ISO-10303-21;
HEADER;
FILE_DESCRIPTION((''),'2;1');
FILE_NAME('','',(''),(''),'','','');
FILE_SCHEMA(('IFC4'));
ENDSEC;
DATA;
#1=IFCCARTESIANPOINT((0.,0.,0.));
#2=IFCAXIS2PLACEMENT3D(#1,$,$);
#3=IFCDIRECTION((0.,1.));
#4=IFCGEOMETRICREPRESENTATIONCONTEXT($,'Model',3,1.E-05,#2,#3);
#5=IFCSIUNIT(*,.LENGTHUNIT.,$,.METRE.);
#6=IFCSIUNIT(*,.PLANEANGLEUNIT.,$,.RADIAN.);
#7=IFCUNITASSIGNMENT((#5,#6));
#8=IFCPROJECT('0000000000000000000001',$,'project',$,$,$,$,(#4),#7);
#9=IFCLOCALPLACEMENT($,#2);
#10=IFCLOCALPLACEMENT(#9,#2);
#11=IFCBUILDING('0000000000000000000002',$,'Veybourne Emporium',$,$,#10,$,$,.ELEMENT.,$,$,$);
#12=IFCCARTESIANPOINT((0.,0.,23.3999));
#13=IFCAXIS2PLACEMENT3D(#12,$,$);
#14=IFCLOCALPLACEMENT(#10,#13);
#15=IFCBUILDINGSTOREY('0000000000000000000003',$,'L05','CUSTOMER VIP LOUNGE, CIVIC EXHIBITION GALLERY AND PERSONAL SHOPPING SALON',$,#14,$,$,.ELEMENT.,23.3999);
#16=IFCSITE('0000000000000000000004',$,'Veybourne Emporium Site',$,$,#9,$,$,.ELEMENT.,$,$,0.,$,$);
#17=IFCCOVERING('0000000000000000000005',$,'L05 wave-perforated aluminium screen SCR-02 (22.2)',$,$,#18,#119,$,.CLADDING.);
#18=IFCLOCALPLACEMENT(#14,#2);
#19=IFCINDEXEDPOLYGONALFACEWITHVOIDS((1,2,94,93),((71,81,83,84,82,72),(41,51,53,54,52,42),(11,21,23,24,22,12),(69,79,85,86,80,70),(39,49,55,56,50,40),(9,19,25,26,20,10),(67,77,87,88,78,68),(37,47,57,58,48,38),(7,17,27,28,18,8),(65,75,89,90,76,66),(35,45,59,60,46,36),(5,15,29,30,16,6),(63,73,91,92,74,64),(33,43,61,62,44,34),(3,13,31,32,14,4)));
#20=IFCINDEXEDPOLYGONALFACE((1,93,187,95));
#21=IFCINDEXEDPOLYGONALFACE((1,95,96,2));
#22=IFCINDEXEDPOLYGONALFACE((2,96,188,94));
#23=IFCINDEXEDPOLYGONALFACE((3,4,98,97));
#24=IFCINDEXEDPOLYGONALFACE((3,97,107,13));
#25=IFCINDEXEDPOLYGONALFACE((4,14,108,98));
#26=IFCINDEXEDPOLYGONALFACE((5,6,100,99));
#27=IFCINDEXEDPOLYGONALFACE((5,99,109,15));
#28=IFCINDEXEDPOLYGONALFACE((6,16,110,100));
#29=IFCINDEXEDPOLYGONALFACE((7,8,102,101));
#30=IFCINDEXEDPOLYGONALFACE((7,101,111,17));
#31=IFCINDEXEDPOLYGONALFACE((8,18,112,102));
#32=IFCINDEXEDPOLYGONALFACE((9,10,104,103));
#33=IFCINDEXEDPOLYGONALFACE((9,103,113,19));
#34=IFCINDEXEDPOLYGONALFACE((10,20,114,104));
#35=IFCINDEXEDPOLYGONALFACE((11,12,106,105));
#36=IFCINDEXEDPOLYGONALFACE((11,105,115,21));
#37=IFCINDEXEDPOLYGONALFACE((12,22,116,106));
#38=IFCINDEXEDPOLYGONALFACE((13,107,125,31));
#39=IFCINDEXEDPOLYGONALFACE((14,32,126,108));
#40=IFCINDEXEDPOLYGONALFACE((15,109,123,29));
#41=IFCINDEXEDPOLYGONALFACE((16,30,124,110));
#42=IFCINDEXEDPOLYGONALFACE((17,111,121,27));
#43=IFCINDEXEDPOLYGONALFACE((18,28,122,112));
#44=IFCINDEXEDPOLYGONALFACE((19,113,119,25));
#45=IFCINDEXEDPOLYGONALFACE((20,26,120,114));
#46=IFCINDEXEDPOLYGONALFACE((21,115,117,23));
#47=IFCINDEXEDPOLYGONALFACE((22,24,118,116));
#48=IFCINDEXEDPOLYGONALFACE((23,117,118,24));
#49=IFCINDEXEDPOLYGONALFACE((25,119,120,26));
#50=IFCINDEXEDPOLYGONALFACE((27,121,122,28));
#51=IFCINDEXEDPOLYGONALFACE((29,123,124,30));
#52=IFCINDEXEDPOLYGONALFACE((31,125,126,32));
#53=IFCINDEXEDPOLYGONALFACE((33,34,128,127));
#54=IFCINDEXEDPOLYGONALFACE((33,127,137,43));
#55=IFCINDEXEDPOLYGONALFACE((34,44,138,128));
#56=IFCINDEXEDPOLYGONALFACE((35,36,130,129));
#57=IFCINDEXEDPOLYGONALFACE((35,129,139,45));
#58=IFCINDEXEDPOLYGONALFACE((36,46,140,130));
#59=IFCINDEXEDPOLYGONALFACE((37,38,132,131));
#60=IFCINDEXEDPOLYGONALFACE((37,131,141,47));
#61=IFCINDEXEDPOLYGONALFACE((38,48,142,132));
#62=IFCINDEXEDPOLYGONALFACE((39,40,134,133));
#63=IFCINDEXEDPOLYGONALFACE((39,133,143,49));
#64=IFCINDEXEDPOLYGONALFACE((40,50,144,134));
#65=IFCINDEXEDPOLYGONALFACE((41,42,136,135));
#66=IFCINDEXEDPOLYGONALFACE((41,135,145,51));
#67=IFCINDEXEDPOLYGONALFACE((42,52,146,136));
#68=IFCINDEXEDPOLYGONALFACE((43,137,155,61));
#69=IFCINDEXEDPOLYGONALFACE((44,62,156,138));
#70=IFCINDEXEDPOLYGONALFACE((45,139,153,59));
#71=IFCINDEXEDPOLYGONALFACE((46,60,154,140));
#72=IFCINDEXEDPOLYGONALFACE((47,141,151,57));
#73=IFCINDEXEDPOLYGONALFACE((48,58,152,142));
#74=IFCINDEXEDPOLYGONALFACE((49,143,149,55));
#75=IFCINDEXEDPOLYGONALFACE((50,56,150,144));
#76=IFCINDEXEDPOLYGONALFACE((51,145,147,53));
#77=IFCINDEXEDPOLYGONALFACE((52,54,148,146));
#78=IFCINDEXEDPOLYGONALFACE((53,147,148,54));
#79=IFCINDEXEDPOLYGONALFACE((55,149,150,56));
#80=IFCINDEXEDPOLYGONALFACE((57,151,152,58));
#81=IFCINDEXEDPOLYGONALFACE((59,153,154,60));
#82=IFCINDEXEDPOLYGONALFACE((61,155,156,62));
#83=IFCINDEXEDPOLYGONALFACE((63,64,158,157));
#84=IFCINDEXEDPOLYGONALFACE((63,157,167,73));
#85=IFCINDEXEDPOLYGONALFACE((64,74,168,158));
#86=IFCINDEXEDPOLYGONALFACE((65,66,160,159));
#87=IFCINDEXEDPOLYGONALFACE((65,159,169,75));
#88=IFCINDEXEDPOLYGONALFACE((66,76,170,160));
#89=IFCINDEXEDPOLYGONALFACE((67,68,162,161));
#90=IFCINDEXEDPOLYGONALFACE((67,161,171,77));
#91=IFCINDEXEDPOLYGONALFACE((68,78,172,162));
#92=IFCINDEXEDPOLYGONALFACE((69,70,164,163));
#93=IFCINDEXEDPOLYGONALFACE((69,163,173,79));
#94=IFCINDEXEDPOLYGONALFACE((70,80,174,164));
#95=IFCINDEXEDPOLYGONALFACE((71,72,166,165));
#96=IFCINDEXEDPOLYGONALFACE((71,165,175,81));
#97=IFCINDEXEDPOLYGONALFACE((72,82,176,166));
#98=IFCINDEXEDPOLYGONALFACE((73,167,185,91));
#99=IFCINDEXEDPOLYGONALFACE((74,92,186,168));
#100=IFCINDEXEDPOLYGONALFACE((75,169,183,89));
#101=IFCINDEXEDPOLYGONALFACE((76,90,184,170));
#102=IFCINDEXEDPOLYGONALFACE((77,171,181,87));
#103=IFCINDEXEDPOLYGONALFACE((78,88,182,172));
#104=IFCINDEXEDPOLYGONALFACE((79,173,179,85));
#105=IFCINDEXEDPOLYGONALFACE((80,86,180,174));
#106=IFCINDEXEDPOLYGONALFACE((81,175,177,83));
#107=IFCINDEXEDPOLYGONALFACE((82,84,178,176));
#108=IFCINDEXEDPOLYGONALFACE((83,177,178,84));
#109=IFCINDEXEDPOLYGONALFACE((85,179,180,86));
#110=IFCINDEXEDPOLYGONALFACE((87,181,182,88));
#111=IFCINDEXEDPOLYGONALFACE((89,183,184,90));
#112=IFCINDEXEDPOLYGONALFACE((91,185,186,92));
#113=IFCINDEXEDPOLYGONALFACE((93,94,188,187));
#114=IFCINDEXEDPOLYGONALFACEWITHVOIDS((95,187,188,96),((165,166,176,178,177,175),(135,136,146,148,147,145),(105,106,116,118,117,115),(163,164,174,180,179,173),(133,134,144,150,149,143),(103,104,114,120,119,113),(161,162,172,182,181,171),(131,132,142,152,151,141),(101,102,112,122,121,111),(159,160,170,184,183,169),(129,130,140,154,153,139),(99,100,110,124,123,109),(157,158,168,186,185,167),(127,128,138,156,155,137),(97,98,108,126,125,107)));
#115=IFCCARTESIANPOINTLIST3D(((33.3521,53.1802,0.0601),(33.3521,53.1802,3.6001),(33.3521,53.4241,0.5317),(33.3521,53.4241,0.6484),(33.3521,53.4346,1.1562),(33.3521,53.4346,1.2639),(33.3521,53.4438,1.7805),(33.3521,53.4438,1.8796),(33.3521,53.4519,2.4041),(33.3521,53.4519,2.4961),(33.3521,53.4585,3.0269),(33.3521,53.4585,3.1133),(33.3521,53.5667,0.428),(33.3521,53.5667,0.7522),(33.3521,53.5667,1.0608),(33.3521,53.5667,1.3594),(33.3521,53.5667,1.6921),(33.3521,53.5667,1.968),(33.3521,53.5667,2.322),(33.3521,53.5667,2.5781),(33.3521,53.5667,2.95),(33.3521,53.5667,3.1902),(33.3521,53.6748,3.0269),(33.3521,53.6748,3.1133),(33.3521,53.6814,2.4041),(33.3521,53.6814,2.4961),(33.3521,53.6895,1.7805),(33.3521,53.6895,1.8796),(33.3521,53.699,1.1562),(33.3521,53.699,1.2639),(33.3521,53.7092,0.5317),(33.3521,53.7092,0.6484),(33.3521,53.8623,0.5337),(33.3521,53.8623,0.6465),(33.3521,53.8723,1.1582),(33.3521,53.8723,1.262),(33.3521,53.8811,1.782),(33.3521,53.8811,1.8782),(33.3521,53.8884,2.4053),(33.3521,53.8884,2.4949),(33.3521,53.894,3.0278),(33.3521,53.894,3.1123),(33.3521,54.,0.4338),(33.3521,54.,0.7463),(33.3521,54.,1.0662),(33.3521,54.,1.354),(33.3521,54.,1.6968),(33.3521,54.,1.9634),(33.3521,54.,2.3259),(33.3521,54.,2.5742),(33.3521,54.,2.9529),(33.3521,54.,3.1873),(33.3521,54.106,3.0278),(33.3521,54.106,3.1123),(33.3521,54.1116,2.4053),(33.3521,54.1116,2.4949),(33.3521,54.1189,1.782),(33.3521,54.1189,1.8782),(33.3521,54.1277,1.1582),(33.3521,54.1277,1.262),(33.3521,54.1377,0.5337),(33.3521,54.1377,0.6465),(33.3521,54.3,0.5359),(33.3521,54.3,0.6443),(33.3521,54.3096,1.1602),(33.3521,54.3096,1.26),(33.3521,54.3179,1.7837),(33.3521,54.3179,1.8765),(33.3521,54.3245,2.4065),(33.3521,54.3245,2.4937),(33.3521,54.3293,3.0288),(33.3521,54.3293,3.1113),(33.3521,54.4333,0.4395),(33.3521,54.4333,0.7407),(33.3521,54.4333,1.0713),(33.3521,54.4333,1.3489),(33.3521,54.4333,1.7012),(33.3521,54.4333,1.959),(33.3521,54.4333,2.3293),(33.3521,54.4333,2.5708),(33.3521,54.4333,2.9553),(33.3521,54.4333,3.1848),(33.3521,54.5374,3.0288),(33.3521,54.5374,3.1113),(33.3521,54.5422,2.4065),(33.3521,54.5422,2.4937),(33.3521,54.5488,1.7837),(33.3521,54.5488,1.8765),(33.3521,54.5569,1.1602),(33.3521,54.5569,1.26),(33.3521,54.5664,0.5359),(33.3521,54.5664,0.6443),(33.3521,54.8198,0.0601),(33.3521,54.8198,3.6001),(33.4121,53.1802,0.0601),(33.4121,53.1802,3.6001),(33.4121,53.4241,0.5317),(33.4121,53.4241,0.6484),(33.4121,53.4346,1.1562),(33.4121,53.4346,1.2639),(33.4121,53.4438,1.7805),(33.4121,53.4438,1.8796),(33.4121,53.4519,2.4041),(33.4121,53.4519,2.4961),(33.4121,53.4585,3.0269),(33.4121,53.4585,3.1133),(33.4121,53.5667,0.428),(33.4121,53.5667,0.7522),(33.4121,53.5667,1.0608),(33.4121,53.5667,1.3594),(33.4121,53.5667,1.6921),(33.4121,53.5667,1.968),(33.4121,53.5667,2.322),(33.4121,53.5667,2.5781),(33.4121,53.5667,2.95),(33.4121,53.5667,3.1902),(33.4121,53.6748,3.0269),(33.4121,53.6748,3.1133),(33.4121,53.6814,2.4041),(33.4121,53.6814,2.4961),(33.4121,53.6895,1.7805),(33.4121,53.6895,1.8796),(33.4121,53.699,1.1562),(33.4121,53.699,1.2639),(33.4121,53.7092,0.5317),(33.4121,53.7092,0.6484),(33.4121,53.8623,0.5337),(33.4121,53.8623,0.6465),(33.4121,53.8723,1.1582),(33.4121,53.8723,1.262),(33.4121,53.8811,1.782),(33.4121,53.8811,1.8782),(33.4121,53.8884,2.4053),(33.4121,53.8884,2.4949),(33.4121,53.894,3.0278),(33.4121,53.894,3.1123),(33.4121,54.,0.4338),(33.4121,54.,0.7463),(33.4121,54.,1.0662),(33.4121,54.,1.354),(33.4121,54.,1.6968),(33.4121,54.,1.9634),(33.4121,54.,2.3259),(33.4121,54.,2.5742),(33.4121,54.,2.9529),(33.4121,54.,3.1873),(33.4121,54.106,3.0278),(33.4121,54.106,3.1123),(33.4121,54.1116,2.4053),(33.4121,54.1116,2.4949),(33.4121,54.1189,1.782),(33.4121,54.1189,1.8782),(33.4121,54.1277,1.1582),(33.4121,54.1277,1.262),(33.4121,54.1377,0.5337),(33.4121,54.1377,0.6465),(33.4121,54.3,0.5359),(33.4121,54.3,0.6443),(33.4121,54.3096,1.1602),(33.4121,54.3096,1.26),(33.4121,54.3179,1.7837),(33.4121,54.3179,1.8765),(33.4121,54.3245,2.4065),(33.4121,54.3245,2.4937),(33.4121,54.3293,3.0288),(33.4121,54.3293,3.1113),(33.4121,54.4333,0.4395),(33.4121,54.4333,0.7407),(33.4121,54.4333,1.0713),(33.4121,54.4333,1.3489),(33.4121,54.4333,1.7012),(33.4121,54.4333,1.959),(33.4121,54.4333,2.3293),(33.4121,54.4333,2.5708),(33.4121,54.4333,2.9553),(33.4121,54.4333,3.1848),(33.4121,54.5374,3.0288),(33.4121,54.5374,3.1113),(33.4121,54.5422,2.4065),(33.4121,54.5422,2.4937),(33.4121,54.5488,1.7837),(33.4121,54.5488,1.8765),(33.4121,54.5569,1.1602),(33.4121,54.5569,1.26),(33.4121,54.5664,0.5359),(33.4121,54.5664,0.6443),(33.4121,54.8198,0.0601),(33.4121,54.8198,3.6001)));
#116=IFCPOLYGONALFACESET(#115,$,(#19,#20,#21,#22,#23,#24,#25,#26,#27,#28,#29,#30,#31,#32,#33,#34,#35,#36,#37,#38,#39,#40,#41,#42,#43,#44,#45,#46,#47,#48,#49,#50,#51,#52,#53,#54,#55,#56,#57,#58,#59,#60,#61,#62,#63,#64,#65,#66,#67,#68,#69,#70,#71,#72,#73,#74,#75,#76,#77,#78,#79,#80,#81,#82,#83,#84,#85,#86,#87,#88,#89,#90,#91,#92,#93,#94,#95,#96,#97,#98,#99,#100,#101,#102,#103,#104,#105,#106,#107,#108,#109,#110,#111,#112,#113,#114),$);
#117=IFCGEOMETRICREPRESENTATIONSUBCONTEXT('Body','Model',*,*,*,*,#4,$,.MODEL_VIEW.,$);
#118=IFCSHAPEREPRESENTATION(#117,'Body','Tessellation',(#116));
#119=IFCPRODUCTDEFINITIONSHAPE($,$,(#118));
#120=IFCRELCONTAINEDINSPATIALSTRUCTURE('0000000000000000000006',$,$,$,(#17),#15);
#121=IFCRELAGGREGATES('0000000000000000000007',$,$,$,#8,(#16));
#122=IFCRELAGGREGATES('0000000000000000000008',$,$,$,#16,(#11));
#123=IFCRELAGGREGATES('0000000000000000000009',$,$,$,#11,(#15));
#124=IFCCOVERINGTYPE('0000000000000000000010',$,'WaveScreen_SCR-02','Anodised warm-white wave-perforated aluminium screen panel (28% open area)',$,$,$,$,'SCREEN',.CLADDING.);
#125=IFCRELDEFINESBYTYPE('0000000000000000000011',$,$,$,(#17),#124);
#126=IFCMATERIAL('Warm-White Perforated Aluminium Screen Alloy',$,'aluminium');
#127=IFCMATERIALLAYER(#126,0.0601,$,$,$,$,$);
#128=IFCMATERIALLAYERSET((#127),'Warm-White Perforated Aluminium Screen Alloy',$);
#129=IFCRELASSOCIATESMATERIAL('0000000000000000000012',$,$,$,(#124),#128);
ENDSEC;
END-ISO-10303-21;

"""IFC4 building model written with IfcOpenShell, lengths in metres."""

from ifc_helpers import new_model, si_unit, direction, frame, origin, place, context, subcontext, project, spatial, polyline, outline, extrude, material, layer, layer_set, type_object, element, save


model = new_model("IFC4")

# Units and contexts
model_context = context("Model", 3, precision=1e-05, world=origin(), true_north=direction((0.0, 1.0)))
body_context = subcontext(model_context, "Body", "Model", "MODEL_VIEW")
ifc_project = project(units=[si_unit("LENGTHUNIT", "METRE"), si_unit("PLANEANGLEUNIT", "RADIAN")], contexts=[model_context])

# Site, building, storey
site_placement = place(None, origin())
site = spatial("IfcSite", under=ifc_project, at=site_placement, Name="Veybourne Emporium Site", CompositionType="ELEMENT", RefElevation=0.0)
building_placement = place(site_placement, origin())
building = spatial("IfcBuilding", under=site, at=building_placement, Name="Veybourne Emporium", CompositionType="ELEMENT")
storey_placement = place(building_placement, frame((0.0, 0.0, 23.3999)))
storey = spatial("IfcBuildingStorey", under=building, at=storey_placement, Name="L05", Description="CUSTOMER VIP LOUNGE, CIVIC EXHIBITION GALLERY AND PERSONAL SHOPPING SALON", CompositionType="ELEMENT", Elevation=23.3999)

# Covering
ifc_material_1 = material(Name="Warm-White Perforated Aluminium Screen Alloy", Category="aluminium")
ifc_layer_1 = layer(ifc_material_1, 0.0601)
ifc_layer_set_1 = layer_set([ifc_layer_1], Name="Warm-White Perforated Aluminium Screen Alloy")
covering_type_1 = type_object("IfcCoveringType", Name="WaveScreen_SCR-02", Description="Anodised warm-white wave-perforated aluminium screen panel (28% open area)", ElementType="SCREEN", PredefinedType="CLADDING", material=ifc_layer_set_1)
covering_1_placement = place(storey_placement, frame((33.3521, 54.0, 1.8301), z_axis=(1.0, 0.0, 0.0), x_axis=(0.0, 1.0, 0.0)))
element("IfcCovering", 1, at=covering_1_placement, inside=storey, type_object=covering_type_1, Name="L05 wave-perforated aluminium screen SCR-02 (22.2)", PredefinedType="CLADDING", context=body_context, shape_type="SweptSolid", body=[
    extrude(outline(polyline([(-0.8198, -1.77), (0.8198, -1.77), (0.8198, 1.77), (-0.8198, 1.77), (-0.8198, -1.77)]), holes=[polyline([(-0.4333, -1.0779), (-0.2908, -1.1816), (-0.2908, -1.2983), (-0.4333, -1.4021), (-0.5759, -1.2983), (-0.5759, -1.1816), (-0.4333, -1.0779)]), polyline([(-0.4333, -0.4707), (-0.301, -0.5662), (-0.301, -0.6738), (-0.4333, -0.7693), (-0.5654, -0.6738), (-0.5654, -0.5662), (-0.4333, -0.4707)]), polyline([(-0.4333, 0.1379), (-0.3105, 0.0496), (-0.3105, -0.0496), (-0.4333, -0.1379), (-0.5562, -0.0496), (-0.5562, 0.0496), (-0.4333, 0.1379)]), polyline([(-0.4333, 0.748), (-0.3186, 0.666), (-0.3186, 0.574), (-0.4333, 0.4919), (-0.5481, 0.574), (-0.5481, 0.666), (-0.4333, 0.748)]), polyline([(-0.4333, 1.3601), (-0.3252, 1.2832), (-0.3252, 1.1968), (-0.4333, 1.1199), (-0.5415, 1.1968), (-0.5415, 1.2832), (-0.4333, 1.3601)]), polyline([(0.0, -1.0837), (0.1377, -1.1836), (0.1377, -1.2964), (0.0, -1.3962), (-0.1377, -1.2964), (-0.1377, -1.1836), (0.0, -1.0837)]), polyline([(0.0, -0.4761), (0.1277, -0.5681), (0.1277, -0.6719), (0.0, -0.7639), (-0.1277, -0.6719), (-0.1277, -0.5681), (0.0, -0.4761)]), polyline([(0.0, 0.1333), (0.1189, 0.0481), (0.1189, -0.0481), (0.0, -0.1333), (-0.1189, -0.0481), (-0.1189, 0.0481), (0.0, 0.1333)]), polyline([(0.0, 0.7441), (0.1116, 0.6648), (0.1116, 0.5752), (0.0, 0.4958), (-0.1116, 0.5752), (-0.1116, 0.6648), (0.0, 0.7441)]), polyline([(0.0, 1.3572), (0.106, 1.2822), (0.106, 1.1978), (0.0, 1.1228), (-0.106, 1.1978), (-0.106, 1.2822), (0.0, 1.3572)]), polyline([(0.4333, -1.0894), (0.5664, -1.1858), (0.5664, -1.2942), (0.4333, -1.3906), (0.3, -1.2942), (0.3, -1.1858), (0.4333, -1.0894)]), polyline([(0.4333, -0.4812), (0.5569, -0.5701), (0.5569, -0.6699), (0.4333, -0.7588), (0.3096, -0.6699), (0.3096, -0.5701), (0.4333, -0.4812)]), polyline([(0.4333, 0.1289), (0.5488, 0.0464), (0.5488, -0.0464), (0.4333, -0.1289), (0.3179, -0.0464), (0.3179, 0.0464), (0.4333, 0.1289)]), polyline([(0.4333, 0.7407), (0.5422, 0.6636), (0.5422, 0.5764), (0.4333, 0.4993), (0.3245, 0.5764), (0.3245, 0.6636), (0.4333, 0.7407)]), polyline([(0.4333, 1.3547), (0.5374, 1.2812), (0.5374, 1.1987), (0.4333, 1.1252), (0.3293, 1.1987), (0.3293, 1.2812), (0.4333, 1.3547)])]), origin(), (0.0, 0.0, 1.0), 0.0601),
])

save(model, "model.ifc")
